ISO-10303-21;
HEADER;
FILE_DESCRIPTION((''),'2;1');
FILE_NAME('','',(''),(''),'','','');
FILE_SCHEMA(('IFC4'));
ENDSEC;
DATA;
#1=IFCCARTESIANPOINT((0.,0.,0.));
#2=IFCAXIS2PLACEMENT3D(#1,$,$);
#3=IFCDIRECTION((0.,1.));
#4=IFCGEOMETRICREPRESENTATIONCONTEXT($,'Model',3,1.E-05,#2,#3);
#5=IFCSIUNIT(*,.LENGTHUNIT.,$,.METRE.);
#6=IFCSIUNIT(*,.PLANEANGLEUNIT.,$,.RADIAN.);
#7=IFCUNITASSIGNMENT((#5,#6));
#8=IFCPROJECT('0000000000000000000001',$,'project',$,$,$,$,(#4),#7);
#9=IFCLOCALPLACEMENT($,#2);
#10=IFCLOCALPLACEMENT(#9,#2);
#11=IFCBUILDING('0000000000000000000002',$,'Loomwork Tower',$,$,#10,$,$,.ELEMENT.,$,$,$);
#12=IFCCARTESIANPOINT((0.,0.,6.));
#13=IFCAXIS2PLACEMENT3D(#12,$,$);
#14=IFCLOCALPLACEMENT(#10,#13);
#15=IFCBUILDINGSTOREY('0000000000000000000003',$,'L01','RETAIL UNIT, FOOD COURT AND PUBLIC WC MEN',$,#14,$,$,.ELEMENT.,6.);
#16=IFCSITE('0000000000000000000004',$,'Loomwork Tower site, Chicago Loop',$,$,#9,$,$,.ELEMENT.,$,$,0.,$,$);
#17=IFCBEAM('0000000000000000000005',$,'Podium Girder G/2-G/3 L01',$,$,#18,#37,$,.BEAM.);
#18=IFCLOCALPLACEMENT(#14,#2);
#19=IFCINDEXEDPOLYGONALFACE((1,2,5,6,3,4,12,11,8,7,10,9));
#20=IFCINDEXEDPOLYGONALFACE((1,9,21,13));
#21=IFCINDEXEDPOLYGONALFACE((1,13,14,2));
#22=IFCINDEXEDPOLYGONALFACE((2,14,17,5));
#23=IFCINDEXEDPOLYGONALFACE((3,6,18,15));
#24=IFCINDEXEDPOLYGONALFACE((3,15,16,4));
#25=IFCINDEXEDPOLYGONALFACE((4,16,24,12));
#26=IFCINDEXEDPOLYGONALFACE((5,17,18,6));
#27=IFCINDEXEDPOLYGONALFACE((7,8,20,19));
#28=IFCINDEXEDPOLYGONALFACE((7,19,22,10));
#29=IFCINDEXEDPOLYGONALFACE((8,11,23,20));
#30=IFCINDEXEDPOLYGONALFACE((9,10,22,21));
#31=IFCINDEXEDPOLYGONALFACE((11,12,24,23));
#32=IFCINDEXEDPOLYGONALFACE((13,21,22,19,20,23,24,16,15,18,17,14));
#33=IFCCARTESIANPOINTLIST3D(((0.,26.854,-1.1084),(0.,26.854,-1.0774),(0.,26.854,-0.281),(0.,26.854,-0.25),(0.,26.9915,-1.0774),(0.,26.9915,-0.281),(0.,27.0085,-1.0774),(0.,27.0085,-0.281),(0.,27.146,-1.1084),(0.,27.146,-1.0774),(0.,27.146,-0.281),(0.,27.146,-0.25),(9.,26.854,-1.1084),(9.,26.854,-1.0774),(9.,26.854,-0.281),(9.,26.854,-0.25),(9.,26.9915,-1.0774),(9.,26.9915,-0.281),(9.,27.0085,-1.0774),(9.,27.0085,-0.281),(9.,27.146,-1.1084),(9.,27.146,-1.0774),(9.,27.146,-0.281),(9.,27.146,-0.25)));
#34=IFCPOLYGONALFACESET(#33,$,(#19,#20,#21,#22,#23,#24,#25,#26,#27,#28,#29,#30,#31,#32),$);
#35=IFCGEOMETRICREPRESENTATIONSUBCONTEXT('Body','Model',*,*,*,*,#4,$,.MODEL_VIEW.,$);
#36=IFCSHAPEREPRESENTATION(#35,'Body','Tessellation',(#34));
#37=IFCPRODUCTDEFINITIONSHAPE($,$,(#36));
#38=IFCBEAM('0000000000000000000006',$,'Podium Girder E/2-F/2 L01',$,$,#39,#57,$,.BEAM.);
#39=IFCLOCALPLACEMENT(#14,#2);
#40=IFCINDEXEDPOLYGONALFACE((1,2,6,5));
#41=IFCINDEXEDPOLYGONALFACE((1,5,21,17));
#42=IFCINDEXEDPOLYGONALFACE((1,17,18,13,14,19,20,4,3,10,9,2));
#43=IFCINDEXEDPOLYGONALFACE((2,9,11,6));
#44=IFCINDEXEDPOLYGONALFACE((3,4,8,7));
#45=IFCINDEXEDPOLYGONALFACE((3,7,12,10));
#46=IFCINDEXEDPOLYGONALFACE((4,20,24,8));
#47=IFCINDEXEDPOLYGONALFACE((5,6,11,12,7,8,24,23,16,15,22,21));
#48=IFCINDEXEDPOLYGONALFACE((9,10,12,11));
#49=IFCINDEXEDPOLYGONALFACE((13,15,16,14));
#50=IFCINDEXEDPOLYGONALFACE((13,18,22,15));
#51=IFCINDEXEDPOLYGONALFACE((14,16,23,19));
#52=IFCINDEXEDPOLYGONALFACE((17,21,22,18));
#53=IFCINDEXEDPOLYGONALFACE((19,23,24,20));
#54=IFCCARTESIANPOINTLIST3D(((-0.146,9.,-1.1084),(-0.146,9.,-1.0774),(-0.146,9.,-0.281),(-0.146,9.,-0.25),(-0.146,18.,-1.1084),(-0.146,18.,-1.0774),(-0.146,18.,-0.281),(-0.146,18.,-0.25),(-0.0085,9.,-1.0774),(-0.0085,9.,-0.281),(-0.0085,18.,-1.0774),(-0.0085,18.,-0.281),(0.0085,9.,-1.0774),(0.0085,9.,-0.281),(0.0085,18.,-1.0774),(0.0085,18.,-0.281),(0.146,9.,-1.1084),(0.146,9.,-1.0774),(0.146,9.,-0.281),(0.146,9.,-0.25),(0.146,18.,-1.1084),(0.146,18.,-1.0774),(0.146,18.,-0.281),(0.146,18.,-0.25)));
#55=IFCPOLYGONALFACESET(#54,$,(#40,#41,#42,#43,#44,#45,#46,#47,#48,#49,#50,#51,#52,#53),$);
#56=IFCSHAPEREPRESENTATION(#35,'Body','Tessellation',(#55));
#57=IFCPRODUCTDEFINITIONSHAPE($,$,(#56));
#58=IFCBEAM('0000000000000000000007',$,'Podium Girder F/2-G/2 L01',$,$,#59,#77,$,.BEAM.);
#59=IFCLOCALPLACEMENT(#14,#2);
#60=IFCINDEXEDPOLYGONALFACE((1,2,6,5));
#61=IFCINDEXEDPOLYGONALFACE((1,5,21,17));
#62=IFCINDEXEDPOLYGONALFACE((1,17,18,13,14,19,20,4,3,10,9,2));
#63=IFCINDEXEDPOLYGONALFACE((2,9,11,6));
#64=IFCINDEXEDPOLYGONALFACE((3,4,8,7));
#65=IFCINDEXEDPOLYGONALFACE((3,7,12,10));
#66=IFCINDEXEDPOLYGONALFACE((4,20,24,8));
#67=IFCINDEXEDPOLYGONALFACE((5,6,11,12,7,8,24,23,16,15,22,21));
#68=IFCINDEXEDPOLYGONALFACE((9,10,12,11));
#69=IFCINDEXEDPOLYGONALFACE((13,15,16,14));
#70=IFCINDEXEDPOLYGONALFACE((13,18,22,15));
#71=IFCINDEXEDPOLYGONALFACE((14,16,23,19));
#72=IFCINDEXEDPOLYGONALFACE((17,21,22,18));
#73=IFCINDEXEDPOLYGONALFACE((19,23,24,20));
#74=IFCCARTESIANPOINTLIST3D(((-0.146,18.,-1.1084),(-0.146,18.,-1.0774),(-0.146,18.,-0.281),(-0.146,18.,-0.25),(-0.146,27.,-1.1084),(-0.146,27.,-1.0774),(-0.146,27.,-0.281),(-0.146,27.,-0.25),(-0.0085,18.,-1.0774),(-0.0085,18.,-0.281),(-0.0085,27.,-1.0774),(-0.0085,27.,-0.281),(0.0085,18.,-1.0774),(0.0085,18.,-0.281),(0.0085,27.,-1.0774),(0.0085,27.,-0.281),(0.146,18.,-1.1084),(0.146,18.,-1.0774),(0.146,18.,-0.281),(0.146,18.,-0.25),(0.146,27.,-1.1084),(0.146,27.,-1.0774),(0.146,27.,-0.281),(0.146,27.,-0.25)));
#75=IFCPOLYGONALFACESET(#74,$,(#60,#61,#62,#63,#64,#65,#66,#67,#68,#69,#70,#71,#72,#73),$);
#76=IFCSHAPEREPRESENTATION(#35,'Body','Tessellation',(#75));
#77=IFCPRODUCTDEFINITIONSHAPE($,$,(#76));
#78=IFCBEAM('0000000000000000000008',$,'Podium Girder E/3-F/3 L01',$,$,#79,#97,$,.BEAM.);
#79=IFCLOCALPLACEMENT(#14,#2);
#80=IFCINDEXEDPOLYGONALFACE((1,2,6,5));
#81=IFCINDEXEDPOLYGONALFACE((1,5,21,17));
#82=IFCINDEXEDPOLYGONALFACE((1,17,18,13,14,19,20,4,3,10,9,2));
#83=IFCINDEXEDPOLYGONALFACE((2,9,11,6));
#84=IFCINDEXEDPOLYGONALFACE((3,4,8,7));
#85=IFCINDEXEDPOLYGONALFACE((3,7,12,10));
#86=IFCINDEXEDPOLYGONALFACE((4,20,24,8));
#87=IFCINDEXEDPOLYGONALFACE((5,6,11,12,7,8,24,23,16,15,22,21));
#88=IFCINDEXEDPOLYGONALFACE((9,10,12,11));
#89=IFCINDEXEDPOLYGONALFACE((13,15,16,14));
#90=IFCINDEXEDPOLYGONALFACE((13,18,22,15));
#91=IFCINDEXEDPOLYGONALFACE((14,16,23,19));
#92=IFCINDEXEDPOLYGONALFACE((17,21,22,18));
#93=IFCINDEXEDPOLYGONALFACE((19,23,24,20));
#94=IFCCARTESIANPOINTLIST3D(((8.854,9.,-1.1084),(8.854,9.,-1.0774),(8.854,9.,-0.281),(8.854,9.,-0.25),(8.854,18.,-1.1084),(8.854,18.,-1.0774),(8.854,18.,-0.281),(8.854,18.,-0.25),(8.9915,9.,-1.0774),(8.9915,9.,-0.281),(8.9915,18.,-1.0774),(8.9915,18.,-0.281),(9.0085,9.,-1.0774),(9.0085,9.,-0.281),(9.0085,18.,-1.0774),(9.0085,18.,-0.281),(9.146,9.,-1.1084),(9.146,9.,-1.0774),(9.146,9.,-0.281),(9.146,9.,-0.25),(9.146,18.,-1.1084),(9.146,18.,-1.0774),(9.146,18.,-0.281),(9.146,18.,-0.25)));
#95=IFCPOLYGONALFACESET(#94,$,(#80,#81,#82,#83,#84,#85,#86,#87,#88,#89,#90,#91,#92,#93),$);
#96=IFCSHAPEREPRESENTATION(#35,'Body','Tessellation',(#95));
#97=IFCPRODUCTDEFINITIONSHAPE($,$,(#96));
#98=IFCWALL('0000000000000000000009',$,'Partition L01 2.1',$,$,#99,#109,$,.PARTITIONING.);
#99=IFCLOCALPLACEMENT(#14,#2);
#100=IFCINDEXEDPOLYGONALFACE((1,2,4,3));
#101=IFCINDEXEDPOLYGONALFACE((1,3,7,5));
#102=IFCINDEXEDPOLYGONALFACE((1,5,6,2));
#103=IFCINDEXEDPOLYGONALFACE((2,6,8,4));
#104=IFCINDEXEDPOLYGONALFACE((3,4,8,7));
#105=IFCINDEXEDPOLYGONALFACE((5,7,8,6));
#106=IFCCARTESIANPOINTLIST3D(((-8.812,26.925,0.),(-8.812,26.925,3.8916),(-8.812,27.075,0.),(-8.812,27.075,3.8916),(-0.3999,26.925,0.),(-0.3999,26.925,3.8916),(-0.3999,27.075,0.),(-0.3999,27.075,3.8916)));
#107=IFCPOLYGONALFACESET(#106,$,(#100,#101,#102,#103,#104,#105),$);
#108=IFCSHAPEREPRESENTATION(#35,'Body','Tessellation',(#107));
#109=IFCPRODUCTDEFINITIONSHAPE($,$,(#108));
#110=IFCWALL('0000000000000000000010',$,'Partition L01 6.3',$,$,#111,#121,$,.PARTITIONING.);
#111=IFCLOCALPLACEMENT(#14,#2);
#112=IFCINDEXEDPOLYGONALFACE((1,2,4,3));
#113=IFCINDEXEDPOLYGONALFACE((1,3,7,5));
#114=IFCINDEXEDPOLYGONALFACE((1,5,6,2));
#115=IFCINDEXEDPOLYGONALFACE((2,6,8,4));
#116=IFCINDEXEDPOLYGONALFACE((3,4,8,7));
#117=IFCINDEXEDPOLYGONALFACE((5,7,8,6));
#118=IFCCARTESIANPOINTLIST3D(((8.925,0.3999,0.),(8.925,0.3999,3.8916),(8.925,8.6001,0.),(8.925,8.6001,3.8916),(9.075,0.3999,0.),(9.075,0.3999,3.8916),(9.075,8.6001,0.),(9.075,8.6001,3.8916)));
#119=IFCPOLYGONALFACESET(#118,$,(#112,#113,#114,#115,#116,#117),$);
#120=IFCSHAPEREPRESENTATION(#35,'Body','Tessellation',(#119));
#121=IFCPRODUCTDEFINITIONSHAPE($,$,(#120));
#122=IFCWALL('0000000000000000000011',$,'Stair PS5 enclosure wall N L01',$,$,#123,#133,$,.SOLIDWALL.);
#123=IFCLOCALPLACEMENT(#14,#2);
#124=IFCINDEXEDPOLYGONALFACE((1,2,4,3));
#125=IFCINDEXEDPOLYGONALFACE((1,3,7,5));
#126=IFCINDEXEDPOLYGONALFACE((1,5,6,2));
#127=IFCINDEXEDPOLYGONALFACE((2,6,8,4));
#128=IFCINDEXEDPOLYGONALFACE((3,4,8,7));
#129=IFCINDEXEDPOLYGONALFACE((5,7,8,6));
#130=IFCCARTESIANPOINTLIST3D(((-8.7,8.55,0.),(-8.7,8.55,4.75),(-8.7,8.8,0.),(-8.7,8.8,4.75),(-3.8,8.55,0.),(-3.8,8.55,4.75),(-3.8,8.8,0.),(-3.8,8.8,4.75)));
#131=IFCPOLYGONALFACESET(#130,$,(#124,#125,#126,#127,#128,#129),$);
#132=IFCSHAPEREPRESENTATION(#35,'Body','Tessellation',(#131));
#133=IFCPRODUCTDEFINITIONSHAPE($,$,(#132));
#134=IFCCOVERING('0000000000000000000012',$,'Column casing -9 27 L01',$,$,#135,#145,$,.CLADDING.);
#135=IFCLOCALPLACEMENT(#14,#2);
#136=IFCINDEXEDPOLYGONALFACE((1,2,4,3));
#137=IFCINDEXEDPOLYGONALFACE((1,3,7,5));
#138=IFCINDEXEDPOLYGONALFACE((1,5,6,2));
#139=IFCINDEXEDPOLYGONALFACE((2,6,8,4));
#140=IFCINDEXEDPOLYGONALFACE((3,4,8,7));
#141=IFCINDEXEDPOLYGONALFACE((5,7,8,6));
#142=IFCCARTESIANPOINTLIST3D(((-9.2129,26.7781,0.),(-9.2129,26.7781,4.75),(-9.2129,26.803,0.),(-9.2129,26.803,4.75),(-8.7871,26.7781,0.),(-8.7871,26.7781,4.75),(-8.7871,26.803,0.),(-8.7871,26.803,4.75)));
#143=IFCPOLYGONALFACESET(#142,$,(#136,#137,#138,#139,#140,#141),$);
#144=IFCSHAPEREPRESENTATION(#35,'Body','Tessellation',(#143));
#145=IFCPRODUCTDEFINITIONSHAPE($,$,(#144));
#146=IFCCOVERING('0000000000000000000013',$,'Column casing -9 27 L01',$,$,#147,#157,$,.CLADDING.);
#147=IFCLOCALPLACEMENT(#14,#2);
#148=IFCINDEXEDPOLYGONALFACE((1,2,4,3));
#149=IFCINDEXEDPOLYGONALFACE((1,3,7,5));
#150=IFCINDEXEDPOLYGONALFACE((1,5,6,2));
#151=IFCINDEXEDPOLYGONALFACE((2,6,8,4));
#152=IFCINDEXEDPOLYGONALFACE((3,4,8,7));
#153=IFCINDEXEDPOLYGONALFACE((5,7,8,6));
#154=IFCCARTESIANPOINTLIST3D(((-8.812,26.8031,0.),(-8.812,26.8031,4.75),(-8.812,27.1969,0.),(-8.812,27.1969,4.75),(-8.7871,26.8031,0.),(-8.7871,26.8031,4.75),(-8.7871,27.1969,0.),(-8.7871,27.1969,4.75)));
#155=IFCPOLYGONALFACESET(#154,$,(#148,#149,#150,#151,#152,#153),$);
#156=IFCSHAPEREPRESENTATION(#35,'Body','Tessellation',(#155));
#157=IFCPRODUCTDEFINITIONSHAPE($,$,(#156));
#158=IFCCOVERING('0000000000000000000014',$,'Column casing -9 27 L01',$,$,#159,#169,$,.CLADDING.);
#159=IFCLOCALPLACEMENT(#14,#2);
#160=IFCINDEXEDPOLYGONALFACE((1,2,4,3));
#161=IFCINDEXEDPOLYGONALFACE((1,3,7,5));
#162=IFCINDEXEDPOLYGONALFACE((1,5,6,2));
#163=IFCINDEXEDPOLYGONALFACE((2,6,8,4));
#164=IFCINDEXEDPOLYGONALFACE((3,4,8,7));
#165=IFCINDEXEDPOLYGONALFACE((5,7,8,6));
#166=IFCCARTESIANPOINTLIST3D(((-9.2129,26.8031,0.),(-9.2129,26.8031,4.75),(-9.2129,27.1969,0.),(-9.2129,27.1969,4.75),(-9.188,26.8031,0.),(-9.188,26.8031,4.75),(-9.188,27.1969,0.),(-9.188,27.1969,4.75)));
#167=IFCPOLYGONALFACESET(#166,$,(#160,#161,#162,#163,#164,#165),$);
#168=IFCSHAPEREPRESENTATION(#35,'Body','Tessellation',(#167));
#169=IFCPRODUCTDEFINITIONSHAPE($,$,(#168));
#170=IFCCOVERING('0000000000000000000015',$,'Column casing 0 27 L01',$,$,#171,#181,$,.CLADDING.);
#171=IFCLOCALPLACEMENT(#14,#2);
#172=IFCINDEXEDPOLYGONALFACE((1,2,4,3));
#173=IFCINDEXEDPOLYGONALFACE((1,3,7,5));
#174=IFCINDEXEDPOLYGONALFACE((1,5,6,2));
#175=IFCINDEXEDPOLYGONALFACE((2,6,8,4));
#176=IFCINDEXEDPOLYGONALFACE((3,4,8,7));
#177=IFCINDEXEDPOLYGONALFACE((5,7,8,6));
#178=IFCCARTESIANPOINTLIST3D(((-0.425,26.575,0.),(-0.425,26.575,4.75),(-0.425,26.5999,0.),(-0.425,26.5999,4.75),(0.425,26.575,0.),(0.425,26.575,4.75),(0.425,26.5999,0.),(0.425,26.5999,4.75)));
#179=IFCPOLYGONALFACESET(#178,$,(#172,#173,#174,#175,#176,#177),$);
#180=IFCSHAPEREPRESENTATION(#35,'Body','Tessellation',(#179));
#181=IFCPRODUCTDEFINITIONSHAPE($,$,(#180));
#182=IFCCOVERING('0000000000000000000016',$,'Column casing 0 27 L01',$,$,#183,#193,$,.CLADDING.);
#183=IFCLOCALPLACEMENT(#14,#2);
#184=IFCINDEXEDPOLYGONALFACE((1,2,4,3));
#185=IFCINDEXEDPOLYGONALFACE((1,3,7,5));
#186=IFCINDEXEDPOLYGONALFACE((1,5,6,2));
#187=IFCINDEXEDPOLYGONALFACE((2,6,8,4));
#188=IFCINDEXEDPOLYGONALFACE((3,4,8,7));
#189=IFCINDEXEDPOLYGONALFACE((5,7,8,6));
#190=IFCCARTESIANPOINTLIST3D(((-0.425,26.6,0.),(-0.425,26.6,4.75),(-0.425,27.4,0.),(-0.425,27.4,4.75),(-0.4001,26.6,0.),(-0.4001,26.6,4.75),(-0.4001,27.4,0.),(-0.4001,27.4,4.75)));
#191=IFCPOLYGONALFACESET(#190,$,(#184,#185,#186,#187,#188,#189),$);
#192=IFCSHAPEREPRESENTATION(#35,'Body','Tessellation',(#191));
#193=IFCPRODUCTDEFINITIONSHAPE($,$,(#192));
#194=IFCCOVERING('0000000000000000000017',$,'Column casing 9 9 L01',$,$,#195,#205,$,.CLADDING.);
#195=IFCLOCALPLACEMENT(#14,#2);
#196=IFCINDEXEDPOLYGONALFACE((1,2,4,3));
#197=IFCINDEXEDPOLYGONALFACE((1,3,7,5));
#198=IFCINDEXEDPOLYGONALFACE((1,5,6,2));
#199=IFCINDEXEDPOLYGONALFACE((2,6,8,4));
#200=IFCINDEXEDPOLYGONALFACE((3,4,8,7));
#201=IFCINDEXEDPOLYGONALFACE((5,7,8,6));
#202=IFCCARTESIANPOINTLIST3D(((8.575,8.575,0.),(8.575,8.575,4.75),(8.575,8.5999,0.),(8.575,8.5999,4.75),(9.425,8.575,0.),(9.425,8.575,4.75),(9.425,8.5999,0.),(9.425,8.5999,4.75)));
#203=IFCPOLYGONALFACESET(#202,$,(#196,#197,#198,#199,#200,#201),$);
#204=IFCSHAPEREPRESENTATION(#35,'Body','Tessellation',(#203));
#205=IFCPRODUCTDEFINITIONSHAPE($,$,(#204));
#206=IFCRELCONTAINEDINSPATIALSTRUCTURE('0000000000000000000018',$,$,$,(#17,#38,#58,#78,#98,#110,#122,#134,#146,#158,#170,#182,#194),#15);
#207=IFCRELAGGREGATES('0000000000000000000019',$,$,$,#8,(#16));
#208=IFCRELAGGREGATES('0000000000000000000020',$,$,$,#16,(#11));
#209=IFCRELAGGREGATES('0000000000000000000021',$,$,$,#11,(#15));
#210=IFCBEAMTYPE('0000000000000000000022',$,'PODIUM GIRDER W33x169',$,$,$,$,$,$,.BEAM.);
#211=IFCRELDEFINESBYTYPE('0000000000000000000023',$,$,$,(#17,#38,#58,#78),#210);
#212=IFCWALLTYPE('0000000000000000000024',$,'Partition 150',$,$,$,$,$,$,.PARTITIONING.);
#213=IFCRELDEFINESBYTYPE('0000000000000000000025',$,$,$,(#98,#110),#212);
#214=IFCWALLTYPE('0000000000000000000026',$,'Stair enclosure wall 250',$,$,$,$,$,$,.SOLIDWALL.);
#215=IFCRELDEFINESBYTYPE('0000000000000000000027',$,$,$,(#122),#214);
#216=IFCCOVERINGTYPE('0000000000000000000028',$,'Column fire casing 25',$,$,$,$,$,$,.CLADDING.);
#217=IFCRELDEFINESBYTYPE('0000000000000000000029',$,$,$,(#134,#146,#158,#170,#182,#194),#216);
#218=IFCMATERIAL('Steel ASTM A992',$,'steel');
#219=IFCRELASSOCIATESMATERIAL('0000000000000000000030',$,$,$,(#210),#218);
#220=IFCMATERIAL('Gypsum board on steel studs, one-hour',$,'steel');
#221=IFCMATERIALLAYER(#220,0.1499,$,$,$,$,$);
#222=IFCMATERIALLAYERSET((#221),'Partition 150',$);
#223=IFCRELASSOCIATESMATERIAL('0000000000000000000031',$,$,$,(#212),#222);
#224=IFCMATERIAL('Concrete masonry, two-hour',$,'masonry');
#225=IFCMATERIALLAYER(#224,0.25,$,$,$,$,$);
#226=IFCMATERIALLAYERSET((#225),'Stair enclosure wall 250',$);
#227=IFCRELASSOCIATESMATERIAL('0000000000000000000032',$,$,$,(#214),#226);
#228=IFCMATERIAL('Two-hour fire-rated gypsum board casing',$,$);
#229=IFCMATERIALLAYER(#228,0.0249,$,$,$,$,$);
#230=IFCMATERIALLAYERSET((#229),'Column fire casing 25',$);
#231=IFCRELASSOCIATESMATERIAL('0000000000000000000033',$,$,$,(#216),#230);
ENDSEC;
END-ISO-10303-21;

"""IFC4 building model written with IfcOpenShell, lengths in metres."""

from ifc_helpers import new_model, si_unit, direction, frame, frame_2d, origin, origin_2d, place, context, subcontext, project, spatial, rectangle, i_section, extrude, material, layer, layer_set, material_profile, profile_set, type_object, element, save


model = new_model("IFC4")

# Units and contexts
model_context = context("Model", 3, precision=1e-05, world=origin(), true_north=direction((0.0, 1.0)))
body_context = subcontext(model_context, "Body", "Model", "MODEL_VIEW")
ifc_project = project(units=[si_unit("LENGTHUNIT", "METRE"), si_unit("PLANEANGLEUNIT", "RADIAN")], contexts=[model_context])

# Site, building, storey
site_placement = place(None, origin())
site = spatial("IfcSite", under=ifc_project, at=site_placement, Name="Loomwork Tower site, Chicago Loop", CompositionType="ELEMENT", RefElevation=0.0)
building_placement = place(site_placement, origin())
building = spatial("IfcBuilding", under=site, at=building_placement, Name="Loomwork Tower", CompositionType="ELEMENT")
storey_placement = place(building_placement, frame((0.0, 0.0, 6.0)))
storey = spatial("IfcBuildingStorey", under=building, at=storey_placement, Name="L01", Description="RETAIL UNIT, FOOD COURT AND PUBLIC WC MEN", CompositionType="ELEMENT", Elevation=6.0)

# Beams
ifc_material_1 = material(Name="Steel ASTM A992", Category="steel")
ifc_material_profile_1 = material_profile(ifc_material_1, i_section(OverallWidth=0.292, OverallDepth=0.8584, WebThickness=0.0171, FlangeThickness=0.031, at=origin_2d()), Name="W33x169")
ifc_profile_set_1 = profile_set([ifc_material_profile_1], Name="Steel ASTM A992")
beam_type_1 = type_object("IfcBeamType", Name="PODIUM GIRDER W33x169", PredefinedType="BEAM", material=ifc_profile_set_1)
for number, where, z_axis, x_axis, name in (
    (1, (0.0, 27.0, -0.6792), (1.0, 0.0, 0.0), (0.0, 1.0, 0.0), "Podium Girder G/2-G/3 L01"),
    (2, (0.0, 9.0, -0.6792), (0.0, 1.0, 0.0), (-1.0, 0.0, 0.0), "Podium Girder E/2-F/2 L01"),
    (3, (0.0, 18.0, -0.6792), (0.0, 1.0, 0.0), (-1.0, 0.0, 0.0), "Podium Girder F/2-G/2 L01"),
    (4, (9.0, 9.0, -0.6792), (0.0, 1.0, 0.0), (-1.0, 0.0, 0.0), "Podium Girder E/3-F/3 L01"),
):
    element("IfcBeam", number, at=place(storey_placement, frame(where, z_axis=z_axis, x_axis=x_axis)), inside=storey, type_object=beam_type_1, Name=name, PredefinedType="BEAM", context=body_context, shape_type="SweptSolid", body=[
        extrude(i_section(OverallWidth=0.292, OverallDepth=0.8584, WebThickness=0.0171, FlangeThickness=0.031, at=origin_2d()), origin(), (0.0, 0.0, 1.0), 9.0),
    ])

# Walls
ifc_material_2 = material(Name="Gypsum board on steel studs, one-hour", Category="steel")
ifc_layer_1 = layer(ifc_material_2, 0.1499)
ifc_layer_set_1 = layer_set([ifc_layer_1], Name="Partition 150")
wall_type_1 = type_object("IfcWallType", Name="Partition 150", PredefinedType="PARTITIONING", material=ifc_layer_set_1)
wall_1_placement = place(storey_placement, frame((-8.812, 27.0, 0.0), z_axis=(0.0, 0.0, 1.0), x_axis=(1.0, 0.0, 0.0)))
element("IfcWall", 5, at=wall_1_placement, inside=storey, type_object=wall_type_1, Name="Partition L01 2.1", PredefinedType="PARTITIONING", context=body_context, shape_type="SweptSolid", body=[
    extrude(rectangle(XDim=8.4121, YDim=0.1499, at=frame_2d((4.2061, 0.0))), origin(), (0.0, 0.0, 1.0), 3.8916),
])
wall_2_placement = place(storey_placement, frame((9.0, 8.6001, 0.0), z_axis=(0.0, 0.0, 1.0), x_axis=(0.0, -1.0, 0.0)))
element("IfcWall", 6, at=wall_2_placement, inside=storey, type_object=wall_type_1, Name="Partition L01 6.3", PredefinedType="PARTITIONING", context=body_context, shape_type="SweptSolid", body=[
    extrude(rectangle(XDim=8.2002, YDim=0.1499, at=frame_2d((4.1001, 0.0))), origin(), (0.0, 0.0, 1.0), 3.8916),
])
ifc_material_3 = material(Name="Concrete masonry, two-hour", Category="masonry")
ifc_layer_2 = layer(ifc_material_3, 0.25)
ifc_layer_set_2 = layer_set([ifc_layer_2], Name="Stair enclosure wall 250")
wall_type_2 = type_object("IfcWallType", Name="Stair enclosure wall 250", PredefinedType="SOLIDWALL", material=ifc_layer_set_2)
wall_3_placement = place(storey_placement, frame((-8.7, 8.675, 0.0), z_axis=(0.0, 0.0, 1.0), x_axis=(1.0, 0.0, 0.0)))
element("IfcWall", 7, at=wall_3_placement, inside=storey, type_object=wall_type_2, Name="Stair PS5 enclosure wall N L01", PredefinedType="SOLIDWALL", context=body_context, shape_type="SweptSolid", body=[
    extrude(rectangle(XDim=4.8999, YDim=0.25, at=frame_2d((2.45, 0.0))), origin(), (0.0, 0.0, 1.0), 4.75),
])

# Coverings
ifc_material_4 = material(Name="Two-hour fire-rated gypsum board casing")
ifc_layer_3 = layer(ifc_material_4, 0.0249)
ifc_layer_set_3 = layer_set([ifc_layer_3], Name="Column fire casing 25")
covering_type = type_object("IfcCoveringType", Name="Column fire casing 25", PredefinedType="CLADDING", material=ifc_layer_set_3)
covering_1_placement = place(storey_placement, frame((-9.0, 26.7905, 0.0), z_axis=(0.0, 0.0, 1.0), x_axis=(1.0, 0.0, 0.0)))
element("IfcCovering", 8, at=covering_1_placement, inside=storey, type_object=covering_type, Name="Column casing -9 27 L01", PredefinedType="CLADDING", context=body_context, shape_type="SweptSolid", body=[
    extrude(rectangle(XDim=0.4258, YDim=0.0249, at=origin_2d()), origin(), (0.0, 0.0, 1.0), 4.75),
])
for number, where, z_axis, x_axis, name in (
    (9, (-8.7996, 27.0, 0.0), (0.0, 0.0, 1.0), (1.0, 0.0, 0.0), "Column casing -9 27 L01"),
    (10, (-9.2004, 27.0, 0.0), (0.0, 0.0, 1.0), (1.0, 0.0, 0.0), "Column casing -9 27 L01"),
):
    element("IfcCovering", number, at=place(storey_placement, frame(where, z_axis=z_axis, x_axis=x_axis)), inside=storey, type_object=covering_type, Name=name, PredefinedType="CLADDING", context=body_context, shape_type="SweptSolid", body=[
        extrude(rectangle(XDim=0.0249, YDim=0.3938, at=origin_2d()), origin(), (0.0, 0.0, 1.0), 4.75),
    ])
covering_2_placement = place(storey_placement, frame((0.0, 26.5874, 0.0), z_axis=(0.0, 0.0, 1.0), x_axis=(1.0, 0.0, 0.0)))
element("IfcCovering", 11, at=covering_2_placement, inside=storey, type_object=covering_type, Name="Column casing 0 27 L01", PredefinedType="CLADDING", context=body_context, shape_type="SweptSolid", body=[
    extrude(rectangle(XDim=0.8501, YDim=0.0249, at=origin_2d()), origin(), (0.0, 0.0, 1.0), 4.75),
])
covering_3_placement = place(storey_placement, frame((-0.4126, 27.0, 0.0), z_axis=(0.0, 0.0, 1.0), x_axis=(1.0, 0.0, 0.0)))
element("IfcCovering", 12, at=covering_3_placement, inside=storey, type_object=covering_type, Name="Column casing 0 27 L01", PredefinedType="CLADDING", context=body_context, shape_type="SweptSolid", body=[
    extrude(rectangle(XDim=0.0249, YDim=0.8, at=origin_2d()), origin(), (0.0, 0.0, 1.0), 4.75),
])
covering_4_placement = place(storey_placement, frame((9.0, 8.5874, 0.0), z_axis=(0.0, 0.0, 1.0), x_axis=(1.0, 0.0, 0.0)))
element("IfcCovering", 13, at=covering_4_placement, inside=storey, type_object=covering_type, Name="Column casing 9 9 L01", PredefinedType="CLADDING", context=body_context, shape_type="SweptSolid", body=[
    extrude(rectangle(XDim=0.8501, YDim=0.0249, at=origin_2d()), origin(), (0.0, 0.0, 1.0), 4.75),
])

save(model, "model.ifc")
